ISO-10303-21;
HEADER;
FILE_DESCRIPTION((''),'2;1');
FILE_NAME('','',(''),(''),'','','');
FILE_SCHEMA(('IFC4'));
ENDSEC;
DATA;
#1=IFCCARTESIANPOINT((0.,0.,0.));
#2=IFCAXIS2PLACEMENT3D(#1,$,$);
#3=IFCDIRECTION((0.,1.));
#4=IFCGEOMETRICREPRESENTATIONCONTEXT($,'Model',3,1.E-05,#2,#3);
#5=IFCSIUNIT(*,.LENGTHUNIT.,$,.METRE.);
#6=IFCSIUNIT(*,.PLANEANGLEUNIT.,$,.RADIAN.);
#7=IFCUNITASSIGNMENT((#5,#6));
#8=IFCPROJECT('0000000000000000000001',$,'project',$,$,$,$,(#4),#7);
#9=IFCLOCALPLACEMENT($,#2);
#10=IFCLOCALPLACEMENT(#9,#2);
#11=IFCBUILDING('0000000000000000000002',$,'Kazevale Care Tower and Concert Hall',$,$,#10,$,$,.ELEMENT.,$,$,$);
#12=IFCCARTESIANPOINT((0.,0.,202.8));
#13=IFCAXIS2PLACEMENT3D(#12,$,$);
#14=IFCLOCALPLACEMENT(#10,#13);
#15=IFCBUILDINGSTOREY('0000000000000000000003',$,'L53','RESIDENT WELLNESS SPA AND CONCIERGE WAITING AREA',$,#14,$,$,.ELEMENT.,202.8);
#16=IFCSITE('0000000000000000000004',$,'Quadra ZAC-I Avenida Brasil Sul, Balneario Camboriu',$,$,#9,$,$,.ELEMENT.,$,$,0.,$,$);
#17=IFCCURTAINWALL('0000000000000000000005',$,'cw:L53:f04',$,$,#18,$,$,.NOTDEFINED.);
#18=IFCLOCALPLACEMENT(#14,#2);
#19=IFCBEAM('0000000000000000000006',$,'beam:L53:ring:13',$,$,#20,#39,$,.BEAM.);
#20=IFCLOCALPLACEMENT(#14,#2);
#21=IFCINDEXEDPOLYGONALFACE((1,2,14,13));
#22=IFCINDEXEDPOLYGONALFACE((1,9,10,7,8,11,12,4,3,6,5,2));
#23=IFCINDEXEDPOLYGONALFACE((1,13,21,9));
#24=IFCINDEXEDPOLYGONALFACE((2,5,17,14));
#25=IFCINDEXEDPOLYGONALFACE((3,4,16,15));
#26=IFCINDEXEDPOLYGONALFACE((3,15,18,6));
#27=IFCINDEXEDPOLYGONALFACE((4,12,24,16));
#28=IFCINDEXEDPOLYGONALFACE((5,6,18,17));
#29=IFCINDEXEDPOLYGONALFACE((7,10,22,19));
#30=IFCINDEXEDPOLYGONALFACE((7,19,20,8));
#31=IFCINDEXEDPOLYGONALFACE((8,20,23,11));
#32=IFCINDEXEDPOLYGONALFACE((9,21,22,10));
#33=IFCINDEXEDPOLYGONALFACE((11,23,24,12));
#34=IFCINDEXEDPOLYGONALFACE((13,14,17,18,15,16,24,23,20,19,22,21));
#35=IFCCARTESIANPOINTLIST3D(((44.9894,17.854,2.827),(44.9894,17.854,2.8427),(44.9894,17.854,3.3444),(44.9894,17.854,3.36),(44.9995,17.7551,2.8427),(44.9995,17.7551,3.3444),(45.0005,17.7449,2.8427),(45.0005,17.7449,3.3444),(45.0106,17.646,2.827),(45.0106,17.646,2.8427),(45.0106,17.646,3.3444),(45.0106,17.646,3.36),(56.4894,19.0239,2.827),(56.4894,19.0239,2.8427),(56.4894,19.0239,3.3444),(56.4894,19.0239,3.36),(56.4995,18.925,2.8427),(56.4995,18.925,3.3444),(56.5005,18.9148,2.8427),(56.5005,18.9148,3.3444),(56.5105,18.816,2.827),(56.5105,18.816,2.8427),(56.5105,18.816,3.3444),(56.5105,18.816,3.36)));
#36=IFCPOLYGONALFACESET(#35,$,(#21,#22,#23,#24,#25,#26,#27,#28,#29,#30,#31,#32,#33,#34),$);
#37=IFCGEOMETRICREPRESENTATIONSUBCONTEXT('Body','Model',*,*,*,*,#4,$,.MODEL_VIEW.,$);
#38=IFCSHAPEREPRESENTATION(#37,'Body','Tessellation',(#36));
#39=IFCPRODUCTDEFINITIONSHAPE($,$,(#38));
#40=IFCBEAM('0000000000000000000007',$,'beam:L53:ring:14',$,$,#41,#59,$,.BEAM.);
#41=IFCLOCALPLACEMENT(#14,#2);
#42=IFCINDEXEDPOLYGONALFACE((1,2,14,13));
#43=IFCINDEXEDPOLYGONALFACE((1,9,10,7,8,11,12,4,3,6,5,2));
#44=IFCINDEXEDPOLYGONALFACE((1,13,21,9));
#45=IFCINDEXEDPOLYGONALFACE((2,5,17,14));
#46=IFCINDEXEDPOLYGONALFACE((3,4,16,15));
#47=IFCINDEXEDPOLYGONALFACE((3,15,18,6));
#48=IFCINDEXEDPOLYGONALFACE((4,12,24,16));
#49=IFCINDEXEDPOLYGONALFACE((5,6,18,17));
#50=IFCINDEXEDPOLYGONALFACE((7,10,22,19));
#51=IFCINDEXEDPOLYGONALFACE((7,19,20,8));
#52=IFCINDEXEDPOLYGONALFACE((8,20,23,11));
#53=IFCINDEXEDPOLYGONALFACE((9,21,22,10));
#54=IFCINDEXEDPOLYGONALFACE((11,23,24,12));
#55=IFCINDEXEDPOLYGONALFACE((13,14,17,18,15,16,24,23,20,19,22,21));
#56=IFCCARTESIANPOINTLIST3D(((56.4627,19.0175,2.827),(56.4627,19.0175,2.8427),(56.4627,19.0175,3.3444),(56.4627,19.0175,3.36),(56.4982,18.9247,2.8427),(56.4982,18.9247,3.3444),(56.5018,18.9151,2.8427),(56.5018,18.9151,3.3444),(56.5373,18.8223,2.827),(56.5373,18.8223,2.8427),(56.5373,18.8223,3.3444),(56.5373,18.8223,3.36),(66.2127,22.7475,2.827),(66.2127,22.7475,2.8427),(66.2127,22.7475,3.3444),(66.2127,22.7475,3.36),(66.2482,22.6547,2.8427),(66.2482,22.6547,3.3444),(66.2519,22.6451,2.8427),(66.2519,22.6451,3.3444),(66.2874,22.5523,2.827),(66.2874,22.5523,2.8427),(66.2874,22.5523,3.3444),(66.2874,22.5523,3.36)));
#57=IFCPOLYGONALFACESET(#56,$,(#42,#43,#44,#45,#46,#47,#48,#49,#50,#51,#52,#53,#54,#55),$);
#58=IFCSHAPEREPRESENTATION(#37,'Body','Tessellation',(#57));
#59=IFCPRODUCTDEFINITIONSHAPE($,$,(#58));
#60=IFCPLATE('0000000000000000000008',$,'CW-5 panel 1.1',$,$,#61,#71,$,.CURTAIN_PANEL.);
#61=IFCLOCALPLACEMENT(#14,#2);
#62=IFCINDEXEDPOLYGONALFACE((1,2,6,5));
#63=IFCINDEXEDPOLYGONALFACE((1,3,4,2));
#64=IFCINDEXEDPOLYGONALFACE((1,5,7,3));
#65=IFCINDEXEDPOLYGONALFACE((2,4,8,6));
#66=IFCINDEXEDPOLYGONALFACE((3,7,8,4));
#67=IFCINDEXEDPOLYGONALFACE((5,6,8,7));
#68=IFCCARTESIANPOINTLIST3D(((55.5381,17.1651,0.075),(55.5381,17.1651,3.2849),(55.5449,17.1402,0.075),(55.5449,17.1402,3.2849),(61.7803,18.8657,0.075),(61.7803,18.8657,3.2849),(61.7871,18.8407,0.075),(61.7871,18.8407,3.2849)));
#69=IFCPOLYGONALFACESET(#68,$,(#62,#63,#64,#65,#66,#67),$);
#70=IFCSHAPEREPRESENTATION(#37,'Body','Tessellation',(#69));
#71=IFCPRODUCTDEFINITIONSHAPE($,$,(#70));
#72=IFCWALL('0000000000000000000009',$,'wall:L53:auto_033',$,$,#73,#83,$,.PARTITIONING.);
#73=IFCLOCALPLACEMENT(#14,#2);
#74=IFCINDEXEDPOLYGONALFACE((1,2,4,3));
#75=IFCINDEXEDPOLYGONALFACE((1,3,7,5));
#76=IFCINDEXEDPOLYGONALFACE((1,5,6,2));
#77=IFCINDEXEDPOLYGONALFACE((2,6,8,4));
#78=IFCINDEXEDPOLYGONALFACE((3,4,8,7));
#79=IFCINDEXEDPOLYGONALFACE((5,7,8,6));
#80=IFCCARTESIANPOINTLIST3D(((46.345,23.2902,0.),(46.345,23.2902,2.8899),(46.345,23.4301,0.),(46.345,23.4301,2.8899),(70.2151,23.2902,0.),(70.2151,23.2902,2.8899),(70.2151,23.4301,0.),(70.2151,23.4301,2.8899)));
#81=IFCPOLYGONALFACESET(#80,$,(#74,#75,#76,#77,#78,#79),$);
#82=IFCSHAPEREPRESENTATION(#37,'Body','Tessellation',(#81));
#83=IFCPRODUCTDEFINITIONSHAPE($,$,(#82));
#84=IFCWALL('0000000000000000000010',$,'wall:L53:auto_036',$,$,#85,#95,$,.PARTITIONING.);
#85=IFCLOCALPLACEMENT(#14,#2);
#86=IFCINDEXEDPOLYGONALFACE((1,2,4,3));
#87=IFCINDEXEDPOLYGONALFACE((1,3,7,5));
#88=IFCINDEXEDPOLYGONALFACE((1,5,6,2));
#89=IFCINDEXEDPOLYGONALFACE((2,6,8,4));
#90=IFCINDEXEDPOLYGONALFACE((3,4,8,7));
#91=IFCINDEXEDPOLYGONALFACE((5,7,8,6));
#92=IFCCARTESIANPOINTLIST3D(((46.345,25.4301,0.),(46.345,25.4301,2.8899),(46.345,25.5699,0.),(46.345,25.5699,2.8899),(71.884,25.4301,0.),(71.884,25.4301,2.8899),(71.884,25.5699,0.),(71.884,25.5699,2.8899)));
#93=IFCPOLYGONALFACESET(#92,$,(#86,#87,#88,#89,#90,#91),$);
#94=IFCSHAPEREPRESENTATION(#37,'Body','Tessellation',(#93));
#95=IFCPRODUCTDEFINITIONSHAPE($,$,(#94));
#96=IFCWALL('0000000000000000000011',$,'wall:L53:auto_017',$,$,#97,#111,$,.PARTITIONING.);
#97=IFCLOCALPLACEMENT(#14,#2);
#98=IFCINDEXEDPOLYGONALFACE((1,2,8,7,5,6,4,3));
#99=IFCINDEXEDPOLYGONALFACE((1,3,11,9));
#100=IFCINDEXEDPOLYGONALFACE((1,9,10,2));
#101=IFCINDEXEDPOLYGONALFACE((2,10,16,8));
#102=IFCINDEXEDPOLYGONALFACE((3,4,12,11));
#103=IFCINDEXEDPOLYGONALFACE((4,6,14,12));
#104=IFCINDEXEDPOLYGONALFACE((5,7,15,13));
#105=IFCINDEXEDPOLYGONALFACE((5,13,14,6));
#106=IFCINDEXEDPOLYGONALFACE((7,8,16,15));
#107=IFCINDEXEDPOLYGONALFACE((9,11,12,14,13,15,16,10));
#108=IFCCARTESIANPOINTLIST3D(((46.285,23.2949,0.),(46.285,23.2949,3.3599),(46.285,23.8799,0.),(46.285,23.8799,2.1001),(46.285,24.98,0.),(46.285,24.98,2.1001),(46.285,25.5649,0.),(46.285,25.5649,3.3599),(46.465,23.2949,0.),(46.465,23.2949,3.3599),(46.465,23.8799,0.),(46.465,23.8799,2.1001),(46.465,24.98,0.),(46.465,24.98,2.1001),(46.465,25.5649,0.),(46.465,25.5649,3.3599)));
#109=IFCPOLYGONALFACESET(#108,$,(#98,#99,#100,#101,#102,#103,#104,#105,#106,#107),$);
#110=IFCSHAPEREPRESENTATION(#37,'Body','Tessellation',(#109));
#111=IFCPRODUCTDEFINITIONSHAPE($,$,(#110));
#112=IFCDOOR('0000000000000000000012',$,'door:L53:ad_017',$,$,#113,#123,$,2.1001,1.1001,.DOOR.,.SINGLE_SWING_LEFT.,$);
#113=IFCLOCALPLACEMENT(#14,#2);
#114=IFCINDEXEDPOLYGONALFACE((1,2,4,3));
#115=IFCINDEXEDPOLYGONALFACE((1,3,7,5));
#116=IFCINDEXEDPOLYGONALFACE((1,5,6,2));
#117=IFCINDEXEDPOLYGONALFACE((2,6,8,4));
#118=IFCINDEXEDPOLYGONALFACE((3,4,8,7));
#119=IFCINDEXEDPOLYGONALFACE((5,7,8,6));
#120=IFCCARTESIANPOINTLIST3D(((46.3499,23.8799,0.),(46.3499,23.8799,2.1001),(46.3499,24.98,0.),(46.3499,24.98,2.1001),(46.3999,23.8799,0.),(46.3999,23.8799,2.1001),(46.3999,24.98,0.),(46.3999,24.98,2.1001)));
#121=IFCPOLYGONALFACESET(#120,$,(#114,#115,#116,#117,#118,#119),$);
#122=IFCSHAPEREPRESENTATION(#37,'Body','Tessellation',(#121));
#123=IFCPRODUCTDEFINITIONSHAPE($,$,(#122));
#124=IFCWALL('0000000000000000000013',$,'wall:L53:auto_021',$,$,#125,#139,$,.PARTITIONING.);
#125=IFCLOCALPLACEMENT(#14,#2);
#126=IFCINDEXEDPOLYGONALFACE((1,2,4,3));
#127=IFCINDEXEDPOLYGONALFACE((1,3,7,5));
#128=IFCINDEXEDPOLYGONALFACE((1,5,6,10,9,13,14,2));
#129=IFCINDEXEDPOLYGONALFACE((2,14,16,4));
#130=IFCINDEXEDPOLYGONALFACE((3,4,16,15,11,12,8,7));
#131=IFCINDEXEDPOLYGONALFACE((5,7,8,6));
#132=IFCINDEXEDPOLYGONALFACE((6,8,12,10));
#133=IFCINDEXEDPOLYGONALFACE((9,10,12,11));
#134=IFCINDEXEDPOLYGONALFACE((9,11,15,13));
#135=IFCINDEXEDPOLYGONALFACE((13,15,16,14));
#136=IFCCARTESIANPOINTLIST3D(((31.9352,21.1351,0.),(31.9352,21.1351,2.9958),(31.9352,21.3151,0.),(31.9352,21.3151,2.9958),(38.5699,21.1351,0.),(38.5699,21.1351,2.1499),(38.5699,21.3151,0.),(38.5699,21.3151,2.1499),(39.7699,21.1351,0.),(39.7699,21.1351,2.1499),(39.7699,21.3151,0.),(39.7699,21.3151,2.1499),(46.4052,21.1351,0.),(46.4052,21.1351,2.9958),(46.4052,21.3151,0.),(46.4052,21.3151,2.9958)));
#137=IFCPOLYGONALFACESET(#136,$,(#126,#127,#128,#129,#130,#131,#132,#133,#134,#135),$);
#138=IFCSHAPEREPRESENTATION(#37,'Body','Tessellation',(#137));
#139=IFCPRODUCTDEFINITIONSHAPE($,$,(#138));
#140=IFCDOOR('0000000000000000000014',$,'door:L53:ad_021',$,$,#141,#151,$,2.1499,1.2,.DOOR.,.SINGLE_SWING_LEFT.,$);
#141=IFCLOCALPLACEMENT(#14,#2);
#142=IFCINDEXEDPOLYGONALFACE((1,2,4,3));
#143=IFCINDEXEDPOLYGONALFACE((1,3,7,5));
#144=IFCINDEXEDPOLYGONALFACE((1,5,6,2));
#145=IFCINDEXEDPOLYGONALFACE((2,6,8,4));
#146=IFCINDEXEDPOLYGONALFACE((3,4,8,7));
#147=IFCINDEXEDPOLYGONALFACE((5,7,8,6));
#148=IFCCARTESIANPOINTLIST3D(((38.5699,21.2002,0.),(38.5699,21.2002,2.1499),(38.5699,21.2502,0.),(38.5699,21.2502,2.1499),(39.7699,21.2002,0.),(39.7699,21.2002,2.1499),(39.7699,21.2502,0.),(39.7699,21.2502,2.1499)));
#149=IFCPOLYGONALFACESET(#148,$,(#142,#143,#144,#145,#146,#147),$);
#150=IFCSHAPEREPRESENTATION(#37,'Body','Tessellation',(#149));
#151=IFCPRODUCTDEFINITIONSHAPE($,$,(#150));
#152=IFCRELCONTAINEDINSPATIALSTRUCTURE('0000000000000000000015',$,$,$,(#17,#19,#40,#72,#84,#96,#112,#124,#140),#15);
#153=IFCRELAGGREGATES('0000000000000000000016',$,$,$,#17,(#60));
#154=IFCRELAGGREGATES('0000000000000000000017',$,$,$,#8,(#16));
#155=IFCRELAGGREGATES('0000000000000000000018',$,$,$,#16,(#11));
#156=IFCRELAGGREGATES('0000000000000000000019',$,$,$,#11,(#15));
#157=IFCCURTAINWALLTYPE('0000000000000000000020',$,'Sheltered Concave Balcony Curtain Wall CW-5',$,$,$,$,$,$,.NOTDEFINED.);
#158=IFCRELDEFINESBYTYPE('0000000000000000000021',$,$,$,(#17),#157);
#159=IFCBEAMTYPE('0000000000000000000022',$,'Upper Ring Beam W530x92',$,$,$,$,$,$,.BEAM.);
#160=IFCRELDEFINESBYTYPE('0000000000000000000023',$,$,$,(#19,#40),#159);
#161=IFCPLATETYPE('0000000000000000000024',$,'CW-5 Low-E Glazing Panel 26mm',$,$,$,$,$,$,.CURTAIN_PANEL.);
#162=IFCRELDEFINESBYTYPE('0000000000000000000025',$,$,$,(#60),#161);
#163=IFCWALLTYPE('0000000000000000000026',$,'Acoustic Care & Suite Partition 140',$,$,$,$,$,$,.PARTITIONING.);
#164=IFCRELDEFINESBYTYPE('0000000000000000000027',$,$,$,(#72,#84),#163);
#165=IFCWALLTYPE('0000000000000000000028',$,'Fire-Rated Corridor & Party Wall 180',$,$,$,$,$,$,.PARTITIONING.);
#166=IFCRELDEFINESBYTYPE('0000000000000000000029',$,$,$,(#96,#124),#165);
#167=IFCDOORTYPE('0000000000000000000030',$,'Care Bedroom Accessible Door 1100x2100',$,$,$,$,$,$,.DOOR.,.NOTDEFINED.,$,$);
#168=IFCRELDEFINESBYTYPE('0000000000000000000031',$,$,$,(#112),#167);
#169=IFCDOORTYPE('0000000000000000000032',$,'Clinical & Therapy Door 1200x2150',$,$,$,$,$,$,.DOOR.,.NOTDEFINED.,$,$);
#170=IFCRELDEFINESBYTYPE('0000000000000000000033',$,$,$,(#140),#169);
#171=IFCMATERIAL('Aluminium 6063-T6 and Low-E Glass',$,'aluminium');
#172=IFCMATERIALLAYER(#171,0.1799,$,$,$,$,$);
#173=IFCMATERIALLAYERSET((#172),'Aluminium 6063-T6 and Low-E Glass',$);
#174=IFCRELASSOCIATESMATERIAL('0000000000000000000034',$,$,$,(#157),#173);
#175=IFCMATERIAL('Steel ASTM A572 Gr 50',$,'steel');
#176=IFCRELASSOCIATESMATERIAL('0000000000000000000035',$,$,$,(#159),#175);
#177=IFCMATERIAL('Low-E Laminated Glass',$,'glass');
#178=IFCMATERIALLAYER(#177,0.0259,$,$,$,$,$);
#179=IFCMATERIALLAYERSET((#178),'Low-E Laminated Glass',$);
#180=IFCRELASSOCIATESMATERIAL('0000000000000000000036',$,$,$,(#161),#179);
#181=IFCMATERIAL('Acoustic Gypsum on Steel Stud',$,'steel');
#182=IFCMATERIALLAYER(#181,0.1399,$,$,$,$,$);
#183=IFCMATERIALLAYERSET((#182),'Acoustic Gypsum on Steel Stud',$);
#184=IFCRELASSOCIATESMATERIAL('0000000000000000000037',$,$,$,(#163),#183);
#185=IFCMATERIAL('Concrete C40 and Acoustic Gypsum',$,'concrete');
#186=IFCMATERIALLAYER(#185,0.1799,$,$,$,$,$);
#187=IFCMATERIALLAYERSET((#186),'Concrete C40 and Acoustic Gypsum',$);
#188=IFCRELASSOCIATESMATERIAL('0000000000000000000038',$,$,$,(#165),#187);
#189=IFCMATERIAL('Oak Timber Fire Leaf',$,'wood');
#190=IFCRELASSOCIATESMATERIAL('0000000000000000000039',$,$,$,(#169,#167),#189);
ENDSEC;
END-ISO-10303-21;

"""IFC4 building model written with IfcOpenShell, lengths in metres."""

from ifc_helpers import new_model, si_unit, direction, frame, frame_2d, origin, origin_2d, place, context, subcontext, project, spatial, rectangle, i_section, extrude, material, layer, layer_set, material_profile, profile_set, type_object, element, fill, aggregate, save


model = new_model("IFC4")

# Units and contexts
model_context = context("Model", 3, precision=1e-05, world=origin(), true_north=direction((0.0, 1.0)))
body_context = subcontext(model_context, "Body", "Model", "MODEL_VIEW")
ifc_project = project(units=[si_unit("LENGTHUNIT", "METRE"), si_unit("PLANEANGLEUNIT", "RADIAN")], contexts=[model_context])

# Site, building, storey
site_placement = place(None, origin())
site = spatial("IfcSite", under=ifc_project, at=site_placement, Name="Quadra ZAC-I Avenida Brasil Sul, Balneario Camboriu", CompositionType="ELEMENT", RefElevation=0.0)
building_placement = place(site_placement, origin())
building = spatial("IfcBuilding", under=site, at=building_placement, Name="Kazevale Care Tower and Concert Hall", CompositionType="ELEMENT")
storey_placement = place(building_placement, frame((0.0, 0.0, 202.8)))
storey = spatial("IfcBuildingStorey", under=building, at=storey_placement, Name="L53", Description="RESIDENT WELLNESS SPA AND CONCIERGE WAITING AREA", CompositionType="ELEMENT", Elevation=202.8)

# Curtain wall
ifc_material_1 = material(Name="Aluminium 6063-T6 and Low-E Glass", Category="aluminium")
ifc_layer_1 = layer(ifc_material_1, 0.1799)
ifc_layer_set_1 = layer_set([ifc_layer_1], Name="Aluminium 6063-T6 and Low-E Glass")
curtain_wall_type = type_object("IfcCurtainWallType", Name="Sheltered Concave Balcony Curtain Wall CW-5", PredefinedType="NOTDEFINED", material=ifc_layer_set_1)
curtain_wall_1_placement = place(storey_placement, origin())
curtain_wall_1 = element("IfcCurtainWall", 1, at=curtain_wall_1_placement, inside=storey, type_object=curtain_wall_type, Name="cw:L53:f04", PredefinedType="NOTDEFINED")

# Beams
ifc_material_2 = material(Name="Steel ASTM A572 Gr 50", Category="steel")
ifc_material_profile_1 = material_profile(ifc_material_2, i_section(OverallWidth=0.209, OverallDepth=0.533, WebThickness=0.0103, FlangeThickness=0.0156, at=origin_2d()), Name="W530x92")
ifc_profile_set_1 = profile_set([ifc_material_profile_1], Name="Steel ASTM A572 Gr 50")
beam_type_1 = type_object("IfcBeamType", Name="Upper Ring Beam W530x92", PredefinedType="BEAM", material=ifc_profile_set_1)
beam_1_placement = place(storey_placement, frame((45.0, 17.75, 3.0935), z_axis=(0.994865, 0.10121, 0.0), x_axis=(-0.10121, 0.994865, 0.0)))
element("IfcBeam", 2, at=beam_1_placement, inside=storey, type_object=beam_type_1, Name="beam:L53:ring:13", PredefinedType="BEAM", context=body_context, shape_type="SweptSolid", body=[
    extrude(i_section(OverallWidth=0.209, OverallDepth=0.533, WebThickness=0.0103, FlangeThickness=0.0156, at=origin_2d()), origin(), (0.0, 0.0, 1.0), 11.5593),
])
beam_2_placement = place(storey_placement, frame((56.5, 18.9199, 3.0935), z_axis=(0.933987, 0.357308, 0.0), x_axis=(-0.357308, 0.933987, 0.0)))
element("IfcBeam", 3, at=beam_2_placement, inside=storey, type_object=beam_type_1, Name="beam:L53:ring:14", PredefinedType="BEAM", context=body_context, shape_type="SweptSolid", body=[
    extrude(i_section(OverallWidth=0.209, OverallDepth=0.533, WebThickness=0.0103, FlangeThickness=0.0156, at=origin_2d()), origin(), (0.0, 0.0, 1.0), 10.4392),
])

# Plate
ifc_material_3 = material(Name="Low-E Laminated Glass", Category="glass")
ifc_layer_2 = layer(ifc_material_3, 0.0259)
ifc_layer_set_2 = layer_set([ifc_layer_2], Name="Low-E Laminated Glass")
plate_type = type_object("IfcPlateType", Name="CW-5 Low-E Glazing Panel 26mm", PredefinedType="CURTAIN_PANEL", material=ifc_layer_set_2)
plate_placement = place(storey_placement, frame((58.6626, 18.0029, 0.075), z_axis=(0.0, 0.0, 1.0), x_axis=(-0.964837, -0.262849, 0.0)))
plate = element("IfcPlate", 4, at=plate_placement, type_object=plate_type, Name="CW-5 panel 1.1", PredefinedType="CURTAIN_PANEL", context=body_context, shape_type="SweptSolid", body=[
    extrude(rectangle(XDim=6.4697, YDim=0.0259, at=origin_2d()), origin(), (0.0, 0.0, 1.0), 3.21),
])
aggregate(curtain_wall_1, [plate])

# Walls
ifc_material_4 = material(Name="Acoustic Gypsum on Steel Stud", Category="steel")
ifc_layer_3 = layer(ifc_material_4, 0.1399)
ifc_layer_set_3 = layer_set([ifc_layer_3], Name="Acoustic Gypsum on Steel Stud")
wall_type_1 = type_object("IfcWallType", Name="Acoustic Care & Suite Partition 140", PredefinedType="PARTITIONING", material=ifc_layer_set_3)
wall_1_placement = place(storey_placement, frame((46.345, 23.3601, 0.0), z_axis=(0.0, 0.0, 1.0), x_axis=(1.0, 0.0, 0.0)))
element("IfcWall", 5, at=wall_1_placement, inside=storey, type_object=wall_type_1, Name="wall:L53:auto_033", PredefinedType="PARTITIONING", context=body_context, shape_type="SweptSolid", body=[
    extrude(rectangle(XDim=23.8701, YDim=0.1399, at=frame_2d((11.9351, 0.0))), origin(), (0.0, 0.0, 1.0), 2.8899),
])
wall_2_placement = place(storey_placement, frame((46.345, 25.5, 0.0), z_axis=(0.0, 0.0, 1.0), x_axis=(1.0, 0.0, 0.0)))
element("IfcWall", 6, at=wall_2_placement, inside=storey, type_object=wall_type_1, Name="wall:L53:auto_036", PredefinedType="PARTITIONING", context=body_context, shape_type="SweptSolid", body=[
    extrude(rectangle(XDim=25.5391, YDim=0.1399, at=frame_2d((12.7695, 0.0))), origin(), (0.0, 0.0, 1.0), 2.8899),
])

# Walls, openings, doors
ifc_material_5 = material(Name="Concrete C40 and Acoustic Gypsum", Category="concrete")
ifc_layer_4 = layer(ifc_material_5, 0.1799)
ifc_layer_set_4 = layer_set([ifc_layer_4], Name="Concrete C40 and Acoustic Gypsum")
wall_type_2 = type_object("IfcWallType", Name="Fire-Rated Corridor & Party Wall 180", PredefinedType="PARTITIONING", material=ifc_layer_set_4)
ifc_material_6 = material(Name="Oak Timber Fire Leaf", Category="wood")
door_type_1 = type_object("IfcDoorType", Name="Clinical & Therapy Door 1200x2150", OperationType="NOTDEFINED", PredefinedType="DOOR", material=ifc_material_6)
wall_3_placement = place(storey_placement, frame((46.375, 25.5649, 0.0), z_axis=(0.0, 0.0, 1.0), x_axis=(0.0, -1.0, 0.0)))
wall_3 = element("IfcWall", 7, at=wall_3_placement, inside=storey, type_object=wall_type_2, Name="wall:L53:auto_017", PredefinedType="PARTITIONING", context=body_context, shape_type="SweptSolid", body=[
    extrude(rectangle(XDim=2.27, YDim=0.1799, at=frame_2d((1.135, 0.0))), origin(), (0.0, 0.0, 1.0), 3.3599),
])
opening_1_placement = place(wall_3_placement, frame((0.585, 0.0, 0.0)))
opening_1 = element("IfcOpeningElement", 8, at=opening_1_placement, cuts=wall_3, PredefinedType="OPENING", context=body_context, shape_type="SweptSolid", body=[
    extrude(rectangle(XDim=1.1001, YDim=2.1001, at=frame_2d((0.55, 1.05))), frame((0.0, 0.0999, 0.0), z_axis=(0.0, -1.0, 0.0), x_axis=(1.0, 0.0, 0.0)), (0.0, 0.0, 1.0), 0.2),
])
door_type_2 = type_object("IfcDoorType", Name="Care Bedroom Accessible Door 1100x2100", OperationType="NOTDEFINED", PredefinedType="DOOR", material=ifc_material_6)
door_1_placement = place(opening_1_placement, origin())
door_1 = element("IfcDoor", 9, at=door_1_placement, inside=storey, type_object=door_type_2, Name="door:L53:ad_017", OperationType="SINGLE_SWING_LEFT", OverallHeight=2.1001, OverallWidth=1.1001, PredefinedType="DOOR", context=body_context, shape_type="SweptSolid", body=[
    extrude(rectangle(XDim=1.1001, YDim=2.1001, at=frame_2d((0.55, 1.05))), frame((0.0, 0.0249, 0.0), z_axis=(0.0, -1.0, 0.0), x_axis=(1.0, 0.0, 0.0)), (0.0, 0.0, 1.0), 0.05),
])
fill(opening_1, door_1)
wall_4_placement = place(storey_placement, frame((46.405, 21.2251, 0.0), z_axis=(0.0, 0.0, 1.0), x_axis=(-1.0, 0.0, 0.0)))
wall_4 = element("IfcWall", 10, at=wall_4_placement, inside=storey, type_object=wall_type_2, Name="wall:L53:auto_021", PredefinedType="PARTITIONING", context=body_context, shape_type="SweptSolid", body=[
    extrude(rectangle(XDim=14.47, YDim=0.1799, at=frame_2d((7.2349, 0.0))), origin(), (0.0, 0.0, 1.0), 2.9958),
])
opening_2_placement = place(wall_4_placement, frame((6.635, 0.0, 0.0)))
opening_2 = element("IfcOpeningElement", 11, at=opening_2_placement, cuts=wall_4, PredefinedType="OPENING", context=body_context, shape_type="SweptSolid", body=[
    extrude(rectangle(XDim=1.2, YDim=2.1499, at=frame_2d((0.6001, 1.075))), frame((0.0, 0.0999, 0.0), z_axis=(0.0, -1.0, 0.0), x_axis=(1.0, 0.0, 0.0)), (0.0, 0.0, 1.0), 0.2),
])
door_2_placement = place(opening_2_placement, origin())
door_2 = element("IfcDoor", 12, at=door_2_placement, inside=storey, type_object=door_type_1, Name="door:L53:ad_021", OperationType="SINGLE_SWING_LEFT", OverallHeight=2.1499, OverallWidth=1.2, PredefinedType="DOOR", context=body_context, shape_type="SweptSolid", body=[
    extrude(rectangle(XDim=1.2, YDim=2.1499, at=frame_2d((0.6001, 1.075))), frame((0.0, 0.0249, 0.0), z_axis=(0.0, -1.0, 0.0), x_axis=(1.0, 0.0, 0.0)), (0.0, 0.0, 1.0), 0.05),
])
fill(opening_2, door_2)

save(model, "model.ifc")
